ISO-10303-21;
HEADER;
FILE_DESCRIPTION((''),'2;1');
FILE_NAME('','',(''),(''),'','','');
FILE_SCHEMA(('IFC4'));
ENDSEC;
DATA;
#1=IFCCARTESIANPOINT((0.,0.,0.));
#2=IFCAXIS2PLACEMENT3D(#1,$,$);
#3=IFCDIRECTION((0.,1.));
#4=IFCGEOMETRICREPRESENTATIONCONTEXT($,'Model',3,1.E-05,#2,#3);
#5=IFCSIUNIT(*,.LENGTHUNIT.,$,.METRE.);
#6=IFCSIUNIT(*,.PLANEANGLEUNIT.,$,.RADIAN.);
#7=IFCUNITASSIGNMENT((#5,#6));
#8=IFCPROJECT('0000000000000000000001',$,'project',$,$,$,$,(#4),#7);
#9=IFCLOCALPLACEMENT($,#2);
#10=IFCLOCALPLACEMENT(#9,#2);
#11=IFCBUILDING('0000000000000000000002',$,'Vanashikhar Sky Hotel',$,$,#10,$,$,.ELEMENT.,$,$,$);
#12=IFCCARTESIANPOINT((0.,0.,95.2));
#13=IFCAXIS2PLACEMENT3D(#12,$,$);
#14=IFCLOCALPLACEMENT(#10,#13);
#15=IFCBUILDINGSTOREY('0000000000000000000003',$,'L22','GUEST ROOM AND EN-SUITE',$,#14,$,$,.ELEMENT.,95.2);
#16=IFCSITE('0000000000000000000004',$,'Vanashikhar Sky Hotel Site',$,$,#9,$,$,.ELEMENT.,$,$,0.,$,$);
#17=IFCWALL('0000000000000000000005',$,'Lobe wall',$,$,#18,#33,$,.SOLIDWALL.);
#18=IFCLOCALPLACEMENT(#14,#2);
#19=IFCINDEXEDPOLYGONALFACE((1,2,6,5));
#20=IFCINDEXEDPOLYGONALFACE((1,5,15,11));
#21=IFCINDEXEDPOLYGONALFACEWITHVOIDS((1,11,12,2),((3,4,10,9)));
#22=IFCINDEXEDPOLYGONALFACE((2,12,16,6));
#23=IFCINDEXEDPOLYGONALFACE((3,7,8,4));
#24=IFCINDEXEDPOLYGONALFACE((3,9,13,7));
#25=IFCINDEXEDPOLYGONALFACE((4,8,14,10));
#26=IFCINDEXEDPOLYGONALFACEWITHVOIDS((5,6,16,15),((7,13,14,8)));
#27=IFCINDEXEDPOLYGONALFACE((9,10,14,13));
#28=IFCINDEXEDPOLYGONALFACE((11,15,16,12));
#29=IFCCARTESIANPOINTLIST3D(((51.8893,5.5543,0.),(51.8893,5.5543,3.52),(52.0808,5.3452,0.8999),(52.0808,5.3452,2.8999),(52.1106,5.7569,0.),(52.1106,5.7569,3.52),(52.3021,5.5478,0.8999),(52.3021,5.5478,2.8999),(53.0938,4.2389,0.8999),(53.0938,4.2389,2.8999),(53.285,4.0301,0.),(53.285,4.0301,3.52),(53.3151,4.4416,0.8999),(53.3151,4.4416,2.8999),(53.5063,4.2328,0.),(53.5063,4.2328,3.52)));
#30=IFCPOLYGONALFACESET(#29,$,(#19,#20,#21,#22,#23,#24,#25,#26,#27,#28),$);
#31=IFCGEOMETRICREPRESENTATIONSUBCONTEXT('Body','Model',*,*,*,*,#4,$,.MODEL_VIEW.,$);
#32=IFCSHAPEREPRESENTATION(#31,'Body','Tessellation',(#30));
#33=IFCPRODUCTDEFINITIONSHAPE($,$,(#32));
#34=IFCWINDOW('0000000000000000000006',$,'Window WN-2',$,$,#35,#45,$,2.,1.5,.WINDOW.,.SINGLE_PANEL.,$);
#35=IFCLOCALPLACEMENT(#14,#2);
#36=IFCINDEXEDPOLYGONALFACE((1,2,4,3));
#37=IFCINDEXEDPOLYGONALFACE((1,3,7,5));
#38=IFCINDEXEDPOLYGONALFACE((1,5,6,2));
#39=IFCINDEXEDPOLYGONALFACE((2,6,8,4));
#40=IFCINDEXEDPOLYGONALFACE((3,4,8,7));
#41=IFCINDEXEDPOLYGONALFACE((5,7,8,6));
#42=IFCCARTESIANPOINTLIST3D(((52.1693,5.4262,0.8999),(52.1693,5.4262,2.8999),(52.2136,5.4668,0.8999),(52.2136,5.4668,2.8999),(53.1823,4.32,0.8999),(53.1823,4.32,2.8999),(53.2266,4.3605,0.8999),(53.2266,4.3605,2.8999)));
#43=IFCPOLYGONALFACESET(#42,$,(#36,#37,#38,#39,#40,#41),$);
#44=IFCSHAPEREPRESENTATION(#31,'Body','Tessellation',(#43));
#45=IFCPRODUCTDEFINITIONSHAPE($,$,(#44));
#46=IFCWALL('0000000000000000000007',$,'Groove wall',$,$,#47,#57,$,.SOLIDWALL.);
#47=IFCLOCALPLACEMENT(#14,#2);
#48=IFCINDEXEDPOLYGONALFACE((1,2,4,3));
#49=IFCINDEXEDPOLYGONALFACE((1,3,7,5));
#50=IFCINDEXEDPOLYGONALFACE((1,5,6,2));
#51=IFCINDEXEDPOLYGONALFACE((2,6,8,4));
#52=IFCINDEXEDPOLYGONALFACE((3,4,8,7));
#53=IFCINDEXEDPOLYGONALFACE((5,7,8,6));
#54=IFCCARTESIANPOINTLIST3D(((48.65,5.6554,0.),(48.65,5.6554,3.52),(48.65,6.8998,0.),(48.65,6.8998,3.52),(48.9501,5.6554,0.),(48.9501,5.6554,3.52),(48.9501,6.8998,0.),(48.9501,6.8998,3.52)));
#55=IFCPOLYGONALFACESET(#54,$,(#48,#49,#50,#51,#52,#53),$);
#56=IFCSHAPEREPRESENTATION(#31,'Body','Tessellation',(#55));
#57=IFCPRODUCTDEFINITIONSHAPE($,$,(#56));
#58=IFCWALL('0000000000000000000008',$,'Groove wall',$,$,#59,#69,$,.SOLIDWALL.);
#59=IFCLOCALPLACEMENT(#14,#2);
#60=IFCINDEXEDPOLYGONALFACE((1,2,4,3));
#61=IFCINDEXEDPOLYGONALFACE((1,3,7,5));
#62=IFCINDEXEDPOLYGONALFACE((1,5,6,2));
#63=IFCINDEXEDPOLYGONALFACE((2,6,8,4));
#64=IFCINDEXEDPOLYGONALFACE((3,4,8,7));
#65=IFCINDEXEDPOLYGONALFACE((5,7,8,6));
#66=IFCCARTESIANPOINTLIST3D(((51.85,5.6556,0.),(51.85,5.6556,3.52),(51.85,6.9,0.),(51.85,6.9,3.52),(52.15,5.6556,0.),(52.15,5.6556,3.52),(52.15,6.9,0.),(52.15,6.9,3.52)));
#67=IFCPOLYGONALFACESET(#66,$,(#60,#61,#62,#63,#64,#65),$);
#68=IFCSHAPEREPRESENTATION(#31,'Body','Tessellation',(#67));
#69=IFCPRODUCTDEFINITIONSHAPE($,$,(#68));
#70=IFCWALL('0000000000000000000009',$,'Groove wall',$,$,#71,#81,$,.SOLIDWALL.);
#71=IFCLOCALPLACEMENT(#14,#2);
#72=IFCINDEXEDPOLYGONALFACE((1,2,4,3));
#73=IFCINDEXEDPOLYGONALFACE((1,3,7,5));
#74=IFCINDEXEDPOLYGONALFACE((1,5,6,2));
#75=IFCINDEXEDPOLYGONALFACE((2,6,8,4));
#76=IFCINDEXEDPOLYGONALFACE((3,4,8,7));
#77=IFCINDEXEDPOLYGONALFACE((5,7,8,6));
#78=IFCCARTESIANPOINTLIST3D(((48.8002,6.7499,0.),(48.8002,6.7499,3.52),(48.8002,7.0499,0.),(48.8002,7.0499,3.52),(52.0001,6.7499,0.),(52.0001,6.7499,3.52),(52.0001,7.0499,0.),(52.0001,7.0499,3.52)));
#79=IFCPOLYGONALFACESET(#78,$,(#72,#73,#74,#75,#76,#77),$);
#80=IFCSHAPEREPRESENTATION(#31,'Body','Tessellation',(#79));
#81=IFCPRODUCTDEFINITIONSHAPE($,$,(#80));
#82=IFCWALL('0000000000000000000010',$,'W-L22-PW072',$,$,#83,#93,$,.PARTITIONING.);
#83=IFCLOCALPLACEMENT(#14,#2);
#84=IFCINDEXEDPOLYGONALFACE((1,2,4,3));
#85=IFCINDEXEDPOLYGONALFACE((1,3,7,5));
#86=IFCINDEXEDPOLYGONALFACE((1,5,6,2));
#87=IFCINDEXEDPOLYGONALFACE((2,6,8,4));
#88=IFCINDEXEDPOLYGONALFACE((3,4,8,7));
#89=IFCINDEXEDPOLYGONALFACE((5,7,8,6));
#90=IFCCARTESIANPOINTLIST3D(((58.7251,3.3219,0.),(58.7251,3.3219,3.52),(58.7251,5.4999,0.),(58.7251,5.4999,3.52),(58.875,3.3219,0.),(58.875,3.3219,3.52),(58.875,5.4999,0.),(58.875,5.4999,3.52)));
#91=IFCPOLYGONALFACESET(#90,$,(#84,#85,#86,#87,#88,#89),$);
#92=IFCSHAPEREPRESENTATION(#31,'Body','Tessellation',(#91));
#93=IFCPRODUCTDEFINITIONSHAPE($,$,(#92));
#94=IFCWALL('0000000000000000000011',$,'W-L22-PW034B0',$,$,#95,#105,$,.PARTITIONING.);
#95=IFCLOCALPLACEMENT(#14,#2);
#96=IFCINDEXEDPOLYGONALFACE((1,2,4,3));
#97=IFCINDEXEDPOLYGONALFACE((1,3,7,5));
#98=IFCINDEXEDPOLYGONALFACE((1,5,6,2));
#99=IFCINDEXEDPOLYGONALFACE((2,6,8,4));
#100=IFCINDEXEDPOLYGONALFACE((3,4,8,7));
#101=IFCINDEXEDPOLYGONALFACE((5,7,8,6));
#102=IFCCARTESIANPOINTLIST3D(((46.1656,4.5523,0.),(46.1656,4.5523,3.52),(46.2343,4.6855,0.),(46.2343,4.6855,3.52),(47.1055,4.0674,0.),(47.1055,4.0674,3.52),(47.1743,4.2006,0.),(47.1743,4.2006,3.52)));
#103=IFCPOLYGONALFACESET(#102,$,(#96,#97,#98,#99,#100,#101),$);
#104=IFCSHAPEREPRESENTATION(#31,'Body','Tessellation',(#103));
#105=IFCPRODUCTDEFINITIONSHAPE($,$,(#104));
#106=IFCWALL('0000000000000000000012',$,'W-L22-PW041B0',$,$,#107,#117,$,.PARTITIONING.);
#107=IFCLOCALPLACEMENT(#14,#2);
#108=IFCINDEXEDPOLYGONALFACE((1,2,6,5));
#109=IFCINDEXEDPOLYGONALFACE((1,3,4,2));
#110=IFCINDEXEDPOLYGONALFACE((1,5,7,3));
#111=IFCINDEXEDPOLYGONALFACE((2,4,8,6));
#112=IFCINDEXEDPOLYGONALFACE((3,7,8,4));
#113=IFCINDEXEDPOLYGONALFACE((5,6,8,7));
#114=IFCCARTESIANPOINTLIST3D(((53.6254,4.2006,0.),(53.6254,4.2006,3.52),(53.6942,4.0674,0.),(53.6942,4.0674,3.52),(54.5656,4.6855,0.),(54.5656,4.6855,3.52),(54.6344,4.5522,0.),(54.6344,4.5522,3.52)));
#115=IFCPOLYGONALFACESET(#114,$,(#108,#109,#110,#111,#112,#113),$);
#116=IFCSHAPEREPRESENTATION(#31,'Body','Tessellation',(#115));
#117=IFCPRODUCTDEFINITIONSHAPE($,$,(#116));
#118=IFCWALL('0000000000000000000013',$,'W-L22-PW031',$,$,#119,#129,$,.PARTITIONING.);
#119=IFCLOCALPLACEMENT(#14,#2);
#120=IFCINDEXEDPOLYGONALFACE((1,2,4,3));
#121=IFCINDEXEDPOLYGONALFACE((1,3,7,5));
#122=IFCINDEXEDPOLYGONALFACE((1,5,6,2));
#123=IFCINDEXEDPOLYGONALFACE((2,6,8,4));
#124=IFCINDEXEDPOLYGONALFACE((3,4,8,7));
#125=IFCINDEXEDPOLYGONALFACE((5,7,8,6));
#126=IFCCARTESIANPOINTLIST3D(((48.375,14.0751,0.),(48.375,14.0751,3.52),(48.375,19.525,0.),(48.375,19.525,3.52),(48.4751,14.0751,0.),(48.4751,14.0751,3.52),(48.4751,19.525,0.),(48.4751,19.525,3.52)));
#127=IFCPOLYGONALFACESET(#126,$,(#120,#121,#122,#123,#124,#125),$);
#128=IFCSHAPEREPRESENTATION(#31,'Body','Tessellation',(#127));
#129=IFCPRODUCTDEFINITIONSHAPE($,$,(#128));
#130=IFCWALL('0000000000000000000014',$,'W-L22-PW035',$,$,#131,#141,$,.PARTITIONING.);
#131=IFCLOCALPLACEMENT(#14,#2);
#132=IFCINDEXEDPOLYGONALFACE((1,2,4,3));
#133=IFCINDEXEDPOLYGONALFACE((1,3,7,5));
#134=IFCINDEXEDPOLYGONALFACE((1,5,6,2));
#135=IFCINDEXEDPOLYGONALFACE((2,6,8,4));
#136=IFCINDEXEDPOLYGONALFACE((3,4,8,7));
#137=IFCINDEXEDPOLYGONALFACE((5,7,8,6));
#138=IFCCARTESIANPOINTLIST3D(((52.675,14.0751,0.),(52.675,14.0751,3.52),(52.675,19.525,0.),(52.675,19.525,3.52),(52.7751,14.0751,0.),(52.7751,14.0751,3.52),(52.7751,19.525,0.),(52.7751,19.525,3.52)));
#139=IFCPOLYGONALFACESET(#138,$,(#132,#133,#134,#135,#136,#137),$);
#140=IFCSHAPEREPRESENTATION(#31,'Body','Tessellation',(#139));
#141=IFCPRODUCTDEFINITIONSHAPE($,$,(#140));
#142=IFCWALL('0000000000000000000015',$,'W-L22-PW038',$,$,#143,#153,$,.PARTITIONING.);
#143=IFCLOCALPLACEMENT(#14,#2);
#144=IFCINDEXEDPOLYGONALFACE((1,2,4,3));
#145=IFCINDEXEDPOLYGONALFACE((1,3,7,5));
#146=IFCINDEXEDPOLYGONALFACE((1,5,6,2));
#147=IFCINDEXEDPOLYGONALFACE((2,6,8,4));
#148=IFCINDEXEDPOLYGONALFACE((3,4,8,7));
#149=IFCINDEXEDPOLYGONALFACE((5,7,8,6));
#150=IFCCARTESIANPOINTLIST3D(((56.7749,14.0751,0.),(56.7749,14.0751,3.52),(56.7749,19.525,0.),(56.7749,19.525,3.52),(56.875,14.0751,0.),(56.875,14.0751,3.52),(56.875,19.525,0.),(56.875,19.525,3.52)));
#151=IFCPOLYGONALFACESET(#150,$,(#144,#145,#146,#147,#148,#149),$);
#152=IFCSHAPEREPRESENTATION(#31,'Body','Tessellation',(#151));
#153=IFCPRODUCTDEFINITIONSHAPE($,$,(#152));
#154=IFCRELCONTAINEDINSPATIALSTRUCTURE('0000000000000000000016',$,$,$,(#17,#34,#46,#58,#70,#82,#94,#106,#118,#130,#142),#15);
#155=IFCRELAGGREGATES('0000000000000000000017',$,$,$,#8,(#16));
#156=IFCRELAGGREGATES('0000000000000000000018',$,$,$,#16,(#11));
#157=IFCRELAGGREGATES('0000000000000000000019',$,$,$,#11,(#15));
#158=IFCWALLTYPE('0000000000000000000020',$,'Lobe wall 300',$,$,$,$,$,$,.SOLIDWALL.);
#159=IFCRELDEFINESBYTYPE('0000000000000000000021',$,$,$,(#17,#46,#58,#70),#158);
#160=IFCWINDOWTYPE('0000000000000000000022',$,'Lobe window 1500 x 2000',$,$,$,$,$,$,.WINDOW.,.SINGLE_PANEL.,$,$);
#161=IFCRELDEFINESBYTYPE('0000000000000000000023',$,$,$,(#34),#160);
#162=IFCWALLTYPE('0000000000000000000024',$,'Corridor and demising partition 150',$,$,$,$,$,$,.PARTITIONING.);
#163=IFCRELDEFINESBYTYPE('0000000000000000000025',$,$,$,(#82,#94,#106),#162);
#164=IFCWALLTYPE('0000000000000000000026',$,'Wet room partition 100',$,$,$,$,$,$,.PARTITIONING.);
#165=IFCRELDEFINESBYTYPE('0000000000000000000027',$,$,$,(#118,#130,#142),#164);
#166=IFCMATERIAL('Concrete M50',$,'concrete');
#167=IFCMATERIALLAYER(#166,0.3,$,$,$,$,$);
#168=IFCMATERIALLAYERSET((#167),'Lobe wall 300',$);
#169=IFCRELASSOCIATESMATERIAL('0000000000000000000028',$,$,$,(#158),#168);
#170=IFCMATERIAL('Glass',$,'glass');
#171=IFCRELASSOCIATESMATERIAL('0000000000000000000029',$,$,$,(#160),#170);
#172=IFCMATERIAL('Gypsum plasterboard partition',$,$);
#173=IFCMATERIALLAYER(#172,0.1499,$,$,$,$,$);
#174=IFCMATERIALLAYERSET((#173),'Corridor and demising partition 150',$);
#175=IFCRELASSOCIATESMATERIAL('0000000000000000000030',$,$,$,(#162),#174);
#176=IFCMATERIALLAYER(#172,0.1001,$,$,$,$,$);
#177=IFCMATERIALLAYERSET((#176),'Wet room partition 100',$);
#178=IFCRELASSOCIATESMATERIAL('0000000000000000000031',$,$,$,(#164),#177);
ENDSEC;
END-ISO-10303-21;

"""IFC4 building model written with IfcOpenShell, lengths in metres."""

from ifc_helpers import new_model, si_unit, direction, frame, frame_2d, origin, place, context, subcontext, project, spatial, rectangle, extrude, source, transform, mapped, material, layer, layer_set, type_object, element, fill, save


model = new_model("IFC4")

# Units and contexts
model_context = context("Model", 3, precision=1e-05, world=origin(), true_north=direction((0.0, 1.0)))
body_context = subcontext(model_context, "Body", "Model", "MODEL_VIEW")
ifc_project = project(units=[si_unit("LENGTHUNIT", "METRE"), si_unit("PLANEANGLEUNIT", "RADIAN")], contexts=[model_context])

# Site, building, storey
site_placement = place(None, origin())
site = spatial("IfcSite", under=ifc_project, at=site_placement, Name="Vanashikhar Sky Hotel Site", CompositionType="ELEMENT", RefElevation=0.0)
building_placement = place(site_placement, origin())
building = spatial("IfcBuilding", under=site, at=building_placement, Name="Vanashikhar Sky Hotel", CompositionType="ELEMENT")
storey_placement = place(building_placement, frame((0.0, 0.0, 95.2)))
storey = spatial("IfcBuildingStorey", under=building, at=storey_placement, Name="L22", Description="GUEST ROOM AND EN-SUITE", CompositionType="ELEMENT", Elevation=95.2)

# Shared definitions
ifc_material_1 = material(Name="Concrete M50", Category="concrete")

# Wall, opening, window
ifc_layer_1 = layer(ifc_material_1, 0.3)
ifc_layer_set_1 = layer_set([ifc_layer_1], Name="Lobe wall 300")
wall_type_1 = type_object("IfcWallType", Name="Lobe wall 300", PredefinedType="SOLIDWALL", material=ifc_layer_set_1)
shared_shape_1 = source(origin(), body_context, "Body", "SweptSolid", [
    extrude(rectangle(XDim=1.5, YDim=2.0, at=frame_2d((0.75, 1.0))), frame((0.0, 0.1602, 0.0), z_axis=(0.0, -1.0, 0.0), x_axis=(1.0, 0.0, 0.0)), (0.0, 0.0, 1.0), 0.3201),
])
ifc_material_2 = material(Name="Glass", Category="glass")
window_type = type_object("IfcWindowType", Name="Lobe window 1500 x 2000", PartitioningType="SINGLE_PANEL", PredefinedType="WINDOW", material=ifc_material_2)
shared_shape_2 = source(origin(), body_context, "Body", "SweptSolid", [
    extrude(rectangle(XDim=1.5, YDim=2.0, at=frame_2d((0.75, 1.0))), frame((0.0, 0.03, 0.0), z_axis=(0.0, -1.0, 0.0), x_axis=(1.0, 0.0, 0.0)), (0.0, 0.0, 1.0), 0.0601),
])
shared_shape_3 = source(origin(), body_context, "Body", "SweptSolid", [
    extrude(rectangle(XDim=2.0667, YDim=0.3, at=frame_2d((1.0332, 0.0))), origin(), (0.0, 0.0, 1.0), 3.52),
])
wall_1_placement = place(storey_placement, frame((52.0, 5.6555, 0.0), z_axis=(0.0, 0.0, 1.0), x_axis=(0.675355, -0.737492, 0.0)))
wall_1 = element("IfcWall", 1, at=wall_1_placement, inside=storey, type_object=wall_type_1, Name="Lobe wall", PredefinedType="SOLIDWALL", context=body_context, shape_type="MappedRepresentation", body=[
    mapped(shared_shape_3, transform((0.0, 0.0, 0.0), scale=1.0)),
])
opening_1_placement = place(wall_1_placement, frame((0.2834, 0.0, 0.8999)))
opening_1 = element("IfcOpeningElement", 2, at=opening_1_placement, cuts=wall_1, PredefinedType="OPENING", context=body_context, shape_type="MappedRepresentation", body=[
    mapped(shared_shape_1, transform((0.0, 0.0, 0.0), scale=1.0)),
])
window_1_placement = place(opening_1_placement, origin())
window_1 = element("IfcWindow", 3, at=window_1_placement, inside=storey, type_object=window_type, Name="Window WN-2", OverallHeight=2.0, OverallWidth=1.5, PartitioningType="SINGLE_PANEL", PredefinedType="WINDOW", context=body_context, shape_type="MappedRepresentation", body=[
    mapped(shared_shape_2, transform((0.0, 0.0, 0.0), scale=1.0)),
])
fill(opening_1, window_1)

# Walls
shared_shape_4 = source(origin(), body_context, "Body", "SweptSolid", [
    extrude(rectangle(XDim=1.2444, YDim=0.3, at=frame_2d((0.6221, 0.0))), origin(), (0.0, 0.0, 1.0), 3.52),
])
for number, where, z_axis, x_axis, name in (
    (4, (48.8, 5.6555, 0.0), (0.0, 0.0, 1.0), (0.0, 1.0, 0.0), "Groove wall"),
    (5, (52.0, 6.8999, 0.0), (0.0, 0.0, 1.0), (0.0, -1.0, 0.0), "Groove wall"),
):
    element("IfcWall", number, at=place(storey_placement, frame(where, z_axis=z_axis, x_axis=x_axis)), inside=storey, type_object=wall_type_1, Name=name, PredefinedType="SOLIDWALL", context=body_context, shape_type="MappedRepresentation", body=[
        mapped(shared_shape_4, transform((0.0, 0.0, 0.0), scale=1.0)),
    ])
shared_shape_5 = source(origin(), body_context, "Body", "SweptSolid", [
    extrude(rectangle(XDim=3.2, YDim=0.3, at=frame_2d((1.6001, 0.0))), origin(), (0.0, 0.0, 1.0), 3.52),
])
wall_2_placement = place(storey_placement, frame((48.8, 6.8999, 0.0), z_axis=(0.0, 0.0, 1.0), x_axis=(1.0, 0.0, 0.0)))
element("IfcWall", 6, at=wall_2_placement, inside=storey, type_object=wall_type_1, Name="Groove wall", PredefinedType="SOLIDWALL", context=body_context, shape_type="MappedRepresentation", body=[
    mapped(shared_shape_5, transform((0.0, 0.0, 0.0), scale=1.0)),
])
ifc_material_3 = material(Name="Gypsum plasterboard partition")
ifc_layer_2 = layer(ifc_material_3, 0.1499)
ifc_layer_set_2 = layer_set([ifc_layer_2], Name="Corridor and demising partition 150")
wall_type_2 = type_object("IfcWallType", Name="Corridor and demising partition 150", PredefinedType="PARTITIONING", material=ifc_layer_set_2)
shared_shape_6 = source(origin(), body_context, "Body", "SweptSolid", [
    extrude(rectangle(XDim=2.178, YDim=0.1499, at=frame_2d((1.0889, 0.0))), origin(), (0.0, 0.0, 1.0), 3.52),
])
wall_3_placement = place(storey_placement, frame((58.8, 3.322, 0.0), z_axis=(0.0, 0.0, 1.0), x_axis=(0.0, 1.0, 0.0)))
element("IfcWall", 7, at=wall_3_placement, inside=storey, type_object=wall_type_2, Name="W-L22-PW072", PredefinedType="PARTITIONING", context=body_context, shape_type="MappedRepresentation", body=[
    mapped(shared_shape_6, transform((0.0, 0.0, 0.0), scale=1.0)),
])
shared_shape_7 = source(origin(), body_context, "Body", "SweptSolid", [
    extrude(rectangle(XDim=1.0576, YDim=0.1499, at=frame_2d((0.5288, 0.0))), origin(), (0.0, 0.0, 1.0), 3.52),
])
wall_4_placement = place(storey_placement, frame((47.1399, 4.134, 0.0), z_axis=(0.0, 0.0, 1.0), x_axis=(-0.888724, 0.458443, 0.0)))
element("IfcWall", 8, at=wall_4_placement, inside=storey, type_object=wall_type_2, Name="W-L22-PW034B0", PredefinedType="PARTITIONING", context=body_context, shape_type="MappedRepresentation", body=[
    mapped(shared_shape_7, transform((0.0, 0.0, 0.0), scale=1.0)),
])
shared_shape_8 = source(origin(), body_context, "Body", "SweptSolid", [
    extrude(rectangle(XDim=1.0579, YDim=0.1499, at=frame_2d((0.5288, 0.0))), origin(), (0.0, 0.0, 1.0), 3.52),
])
wall_5_placement = place(storey_placement, frame((53.6599, 4.134, 0.0), z_axis=(0.0, 0.0, 1.0), x_axis=(0.888772, 0.458349, 0.0)))
element("IfcWall", 9, at=wall_5_placement, inside=storey, type_object=wall_type_2, Name="W-L22-PW041B0", PredefinedType="PARTITIONING", context=body_context, shape_type="MappedRepresentation", body=[
    mapped(shared_shape_8, transform((0.0, 0.0, 0.0), scale=1.0)),
])
ifc_layer_3 = layer(ifc_material_3, 0.1001)
ifc_layer_set_3 = layer_set([ifc_layer_3], Name="Wet room partition 100")
wall_type_3 = type_object("IfcWallType", Name="Wet room partition 100", PredefinedType="PARTITIONING", material=ifc_layer_set_3)
shared_shape_9 = source(origin(), body_context, "Body", "SweptSolid", [
    extrude(rectangle(XDim=5.45, YDim=0.1001, at=frame_2d((2.7251, 0.0))), origin(), (0.0, 0.0, 1.0), 3.52),
])
for number, where, z_axis, x_axis, name in (
    (10, (48.425, 14.075, 0.0), (0.0, 0.0, 1.0), (0.0, 1.0, 0.0), "W-L22-PW031"),
    (11, (52.7251, 14.075, 0.0), (0.0, 0.0, 1.0), (0.0, 1.0, 0.0), "W-L22-PW035"),
    (12, (56.825, 14.075, 0.0), (0.0, 0.0, 1.0), (0.0, 1.0, 0.0), "W-L22-PW038"),
):
    element("IfcWall", number, at=place(storey_placement, frame(where, z_axis=z_axis, x_axis=x_axis)), inside=storey, type_object=wall_type_3, Name=name, PredefinedType="PARTITIONING", context=body_context, shape_type="MappedRepresentation", body=[
        mapped(shared_shape_9, transform((0.0, 0.0, 0.0), scale=1.0)),
    ])

save(model, "model.ifc")
